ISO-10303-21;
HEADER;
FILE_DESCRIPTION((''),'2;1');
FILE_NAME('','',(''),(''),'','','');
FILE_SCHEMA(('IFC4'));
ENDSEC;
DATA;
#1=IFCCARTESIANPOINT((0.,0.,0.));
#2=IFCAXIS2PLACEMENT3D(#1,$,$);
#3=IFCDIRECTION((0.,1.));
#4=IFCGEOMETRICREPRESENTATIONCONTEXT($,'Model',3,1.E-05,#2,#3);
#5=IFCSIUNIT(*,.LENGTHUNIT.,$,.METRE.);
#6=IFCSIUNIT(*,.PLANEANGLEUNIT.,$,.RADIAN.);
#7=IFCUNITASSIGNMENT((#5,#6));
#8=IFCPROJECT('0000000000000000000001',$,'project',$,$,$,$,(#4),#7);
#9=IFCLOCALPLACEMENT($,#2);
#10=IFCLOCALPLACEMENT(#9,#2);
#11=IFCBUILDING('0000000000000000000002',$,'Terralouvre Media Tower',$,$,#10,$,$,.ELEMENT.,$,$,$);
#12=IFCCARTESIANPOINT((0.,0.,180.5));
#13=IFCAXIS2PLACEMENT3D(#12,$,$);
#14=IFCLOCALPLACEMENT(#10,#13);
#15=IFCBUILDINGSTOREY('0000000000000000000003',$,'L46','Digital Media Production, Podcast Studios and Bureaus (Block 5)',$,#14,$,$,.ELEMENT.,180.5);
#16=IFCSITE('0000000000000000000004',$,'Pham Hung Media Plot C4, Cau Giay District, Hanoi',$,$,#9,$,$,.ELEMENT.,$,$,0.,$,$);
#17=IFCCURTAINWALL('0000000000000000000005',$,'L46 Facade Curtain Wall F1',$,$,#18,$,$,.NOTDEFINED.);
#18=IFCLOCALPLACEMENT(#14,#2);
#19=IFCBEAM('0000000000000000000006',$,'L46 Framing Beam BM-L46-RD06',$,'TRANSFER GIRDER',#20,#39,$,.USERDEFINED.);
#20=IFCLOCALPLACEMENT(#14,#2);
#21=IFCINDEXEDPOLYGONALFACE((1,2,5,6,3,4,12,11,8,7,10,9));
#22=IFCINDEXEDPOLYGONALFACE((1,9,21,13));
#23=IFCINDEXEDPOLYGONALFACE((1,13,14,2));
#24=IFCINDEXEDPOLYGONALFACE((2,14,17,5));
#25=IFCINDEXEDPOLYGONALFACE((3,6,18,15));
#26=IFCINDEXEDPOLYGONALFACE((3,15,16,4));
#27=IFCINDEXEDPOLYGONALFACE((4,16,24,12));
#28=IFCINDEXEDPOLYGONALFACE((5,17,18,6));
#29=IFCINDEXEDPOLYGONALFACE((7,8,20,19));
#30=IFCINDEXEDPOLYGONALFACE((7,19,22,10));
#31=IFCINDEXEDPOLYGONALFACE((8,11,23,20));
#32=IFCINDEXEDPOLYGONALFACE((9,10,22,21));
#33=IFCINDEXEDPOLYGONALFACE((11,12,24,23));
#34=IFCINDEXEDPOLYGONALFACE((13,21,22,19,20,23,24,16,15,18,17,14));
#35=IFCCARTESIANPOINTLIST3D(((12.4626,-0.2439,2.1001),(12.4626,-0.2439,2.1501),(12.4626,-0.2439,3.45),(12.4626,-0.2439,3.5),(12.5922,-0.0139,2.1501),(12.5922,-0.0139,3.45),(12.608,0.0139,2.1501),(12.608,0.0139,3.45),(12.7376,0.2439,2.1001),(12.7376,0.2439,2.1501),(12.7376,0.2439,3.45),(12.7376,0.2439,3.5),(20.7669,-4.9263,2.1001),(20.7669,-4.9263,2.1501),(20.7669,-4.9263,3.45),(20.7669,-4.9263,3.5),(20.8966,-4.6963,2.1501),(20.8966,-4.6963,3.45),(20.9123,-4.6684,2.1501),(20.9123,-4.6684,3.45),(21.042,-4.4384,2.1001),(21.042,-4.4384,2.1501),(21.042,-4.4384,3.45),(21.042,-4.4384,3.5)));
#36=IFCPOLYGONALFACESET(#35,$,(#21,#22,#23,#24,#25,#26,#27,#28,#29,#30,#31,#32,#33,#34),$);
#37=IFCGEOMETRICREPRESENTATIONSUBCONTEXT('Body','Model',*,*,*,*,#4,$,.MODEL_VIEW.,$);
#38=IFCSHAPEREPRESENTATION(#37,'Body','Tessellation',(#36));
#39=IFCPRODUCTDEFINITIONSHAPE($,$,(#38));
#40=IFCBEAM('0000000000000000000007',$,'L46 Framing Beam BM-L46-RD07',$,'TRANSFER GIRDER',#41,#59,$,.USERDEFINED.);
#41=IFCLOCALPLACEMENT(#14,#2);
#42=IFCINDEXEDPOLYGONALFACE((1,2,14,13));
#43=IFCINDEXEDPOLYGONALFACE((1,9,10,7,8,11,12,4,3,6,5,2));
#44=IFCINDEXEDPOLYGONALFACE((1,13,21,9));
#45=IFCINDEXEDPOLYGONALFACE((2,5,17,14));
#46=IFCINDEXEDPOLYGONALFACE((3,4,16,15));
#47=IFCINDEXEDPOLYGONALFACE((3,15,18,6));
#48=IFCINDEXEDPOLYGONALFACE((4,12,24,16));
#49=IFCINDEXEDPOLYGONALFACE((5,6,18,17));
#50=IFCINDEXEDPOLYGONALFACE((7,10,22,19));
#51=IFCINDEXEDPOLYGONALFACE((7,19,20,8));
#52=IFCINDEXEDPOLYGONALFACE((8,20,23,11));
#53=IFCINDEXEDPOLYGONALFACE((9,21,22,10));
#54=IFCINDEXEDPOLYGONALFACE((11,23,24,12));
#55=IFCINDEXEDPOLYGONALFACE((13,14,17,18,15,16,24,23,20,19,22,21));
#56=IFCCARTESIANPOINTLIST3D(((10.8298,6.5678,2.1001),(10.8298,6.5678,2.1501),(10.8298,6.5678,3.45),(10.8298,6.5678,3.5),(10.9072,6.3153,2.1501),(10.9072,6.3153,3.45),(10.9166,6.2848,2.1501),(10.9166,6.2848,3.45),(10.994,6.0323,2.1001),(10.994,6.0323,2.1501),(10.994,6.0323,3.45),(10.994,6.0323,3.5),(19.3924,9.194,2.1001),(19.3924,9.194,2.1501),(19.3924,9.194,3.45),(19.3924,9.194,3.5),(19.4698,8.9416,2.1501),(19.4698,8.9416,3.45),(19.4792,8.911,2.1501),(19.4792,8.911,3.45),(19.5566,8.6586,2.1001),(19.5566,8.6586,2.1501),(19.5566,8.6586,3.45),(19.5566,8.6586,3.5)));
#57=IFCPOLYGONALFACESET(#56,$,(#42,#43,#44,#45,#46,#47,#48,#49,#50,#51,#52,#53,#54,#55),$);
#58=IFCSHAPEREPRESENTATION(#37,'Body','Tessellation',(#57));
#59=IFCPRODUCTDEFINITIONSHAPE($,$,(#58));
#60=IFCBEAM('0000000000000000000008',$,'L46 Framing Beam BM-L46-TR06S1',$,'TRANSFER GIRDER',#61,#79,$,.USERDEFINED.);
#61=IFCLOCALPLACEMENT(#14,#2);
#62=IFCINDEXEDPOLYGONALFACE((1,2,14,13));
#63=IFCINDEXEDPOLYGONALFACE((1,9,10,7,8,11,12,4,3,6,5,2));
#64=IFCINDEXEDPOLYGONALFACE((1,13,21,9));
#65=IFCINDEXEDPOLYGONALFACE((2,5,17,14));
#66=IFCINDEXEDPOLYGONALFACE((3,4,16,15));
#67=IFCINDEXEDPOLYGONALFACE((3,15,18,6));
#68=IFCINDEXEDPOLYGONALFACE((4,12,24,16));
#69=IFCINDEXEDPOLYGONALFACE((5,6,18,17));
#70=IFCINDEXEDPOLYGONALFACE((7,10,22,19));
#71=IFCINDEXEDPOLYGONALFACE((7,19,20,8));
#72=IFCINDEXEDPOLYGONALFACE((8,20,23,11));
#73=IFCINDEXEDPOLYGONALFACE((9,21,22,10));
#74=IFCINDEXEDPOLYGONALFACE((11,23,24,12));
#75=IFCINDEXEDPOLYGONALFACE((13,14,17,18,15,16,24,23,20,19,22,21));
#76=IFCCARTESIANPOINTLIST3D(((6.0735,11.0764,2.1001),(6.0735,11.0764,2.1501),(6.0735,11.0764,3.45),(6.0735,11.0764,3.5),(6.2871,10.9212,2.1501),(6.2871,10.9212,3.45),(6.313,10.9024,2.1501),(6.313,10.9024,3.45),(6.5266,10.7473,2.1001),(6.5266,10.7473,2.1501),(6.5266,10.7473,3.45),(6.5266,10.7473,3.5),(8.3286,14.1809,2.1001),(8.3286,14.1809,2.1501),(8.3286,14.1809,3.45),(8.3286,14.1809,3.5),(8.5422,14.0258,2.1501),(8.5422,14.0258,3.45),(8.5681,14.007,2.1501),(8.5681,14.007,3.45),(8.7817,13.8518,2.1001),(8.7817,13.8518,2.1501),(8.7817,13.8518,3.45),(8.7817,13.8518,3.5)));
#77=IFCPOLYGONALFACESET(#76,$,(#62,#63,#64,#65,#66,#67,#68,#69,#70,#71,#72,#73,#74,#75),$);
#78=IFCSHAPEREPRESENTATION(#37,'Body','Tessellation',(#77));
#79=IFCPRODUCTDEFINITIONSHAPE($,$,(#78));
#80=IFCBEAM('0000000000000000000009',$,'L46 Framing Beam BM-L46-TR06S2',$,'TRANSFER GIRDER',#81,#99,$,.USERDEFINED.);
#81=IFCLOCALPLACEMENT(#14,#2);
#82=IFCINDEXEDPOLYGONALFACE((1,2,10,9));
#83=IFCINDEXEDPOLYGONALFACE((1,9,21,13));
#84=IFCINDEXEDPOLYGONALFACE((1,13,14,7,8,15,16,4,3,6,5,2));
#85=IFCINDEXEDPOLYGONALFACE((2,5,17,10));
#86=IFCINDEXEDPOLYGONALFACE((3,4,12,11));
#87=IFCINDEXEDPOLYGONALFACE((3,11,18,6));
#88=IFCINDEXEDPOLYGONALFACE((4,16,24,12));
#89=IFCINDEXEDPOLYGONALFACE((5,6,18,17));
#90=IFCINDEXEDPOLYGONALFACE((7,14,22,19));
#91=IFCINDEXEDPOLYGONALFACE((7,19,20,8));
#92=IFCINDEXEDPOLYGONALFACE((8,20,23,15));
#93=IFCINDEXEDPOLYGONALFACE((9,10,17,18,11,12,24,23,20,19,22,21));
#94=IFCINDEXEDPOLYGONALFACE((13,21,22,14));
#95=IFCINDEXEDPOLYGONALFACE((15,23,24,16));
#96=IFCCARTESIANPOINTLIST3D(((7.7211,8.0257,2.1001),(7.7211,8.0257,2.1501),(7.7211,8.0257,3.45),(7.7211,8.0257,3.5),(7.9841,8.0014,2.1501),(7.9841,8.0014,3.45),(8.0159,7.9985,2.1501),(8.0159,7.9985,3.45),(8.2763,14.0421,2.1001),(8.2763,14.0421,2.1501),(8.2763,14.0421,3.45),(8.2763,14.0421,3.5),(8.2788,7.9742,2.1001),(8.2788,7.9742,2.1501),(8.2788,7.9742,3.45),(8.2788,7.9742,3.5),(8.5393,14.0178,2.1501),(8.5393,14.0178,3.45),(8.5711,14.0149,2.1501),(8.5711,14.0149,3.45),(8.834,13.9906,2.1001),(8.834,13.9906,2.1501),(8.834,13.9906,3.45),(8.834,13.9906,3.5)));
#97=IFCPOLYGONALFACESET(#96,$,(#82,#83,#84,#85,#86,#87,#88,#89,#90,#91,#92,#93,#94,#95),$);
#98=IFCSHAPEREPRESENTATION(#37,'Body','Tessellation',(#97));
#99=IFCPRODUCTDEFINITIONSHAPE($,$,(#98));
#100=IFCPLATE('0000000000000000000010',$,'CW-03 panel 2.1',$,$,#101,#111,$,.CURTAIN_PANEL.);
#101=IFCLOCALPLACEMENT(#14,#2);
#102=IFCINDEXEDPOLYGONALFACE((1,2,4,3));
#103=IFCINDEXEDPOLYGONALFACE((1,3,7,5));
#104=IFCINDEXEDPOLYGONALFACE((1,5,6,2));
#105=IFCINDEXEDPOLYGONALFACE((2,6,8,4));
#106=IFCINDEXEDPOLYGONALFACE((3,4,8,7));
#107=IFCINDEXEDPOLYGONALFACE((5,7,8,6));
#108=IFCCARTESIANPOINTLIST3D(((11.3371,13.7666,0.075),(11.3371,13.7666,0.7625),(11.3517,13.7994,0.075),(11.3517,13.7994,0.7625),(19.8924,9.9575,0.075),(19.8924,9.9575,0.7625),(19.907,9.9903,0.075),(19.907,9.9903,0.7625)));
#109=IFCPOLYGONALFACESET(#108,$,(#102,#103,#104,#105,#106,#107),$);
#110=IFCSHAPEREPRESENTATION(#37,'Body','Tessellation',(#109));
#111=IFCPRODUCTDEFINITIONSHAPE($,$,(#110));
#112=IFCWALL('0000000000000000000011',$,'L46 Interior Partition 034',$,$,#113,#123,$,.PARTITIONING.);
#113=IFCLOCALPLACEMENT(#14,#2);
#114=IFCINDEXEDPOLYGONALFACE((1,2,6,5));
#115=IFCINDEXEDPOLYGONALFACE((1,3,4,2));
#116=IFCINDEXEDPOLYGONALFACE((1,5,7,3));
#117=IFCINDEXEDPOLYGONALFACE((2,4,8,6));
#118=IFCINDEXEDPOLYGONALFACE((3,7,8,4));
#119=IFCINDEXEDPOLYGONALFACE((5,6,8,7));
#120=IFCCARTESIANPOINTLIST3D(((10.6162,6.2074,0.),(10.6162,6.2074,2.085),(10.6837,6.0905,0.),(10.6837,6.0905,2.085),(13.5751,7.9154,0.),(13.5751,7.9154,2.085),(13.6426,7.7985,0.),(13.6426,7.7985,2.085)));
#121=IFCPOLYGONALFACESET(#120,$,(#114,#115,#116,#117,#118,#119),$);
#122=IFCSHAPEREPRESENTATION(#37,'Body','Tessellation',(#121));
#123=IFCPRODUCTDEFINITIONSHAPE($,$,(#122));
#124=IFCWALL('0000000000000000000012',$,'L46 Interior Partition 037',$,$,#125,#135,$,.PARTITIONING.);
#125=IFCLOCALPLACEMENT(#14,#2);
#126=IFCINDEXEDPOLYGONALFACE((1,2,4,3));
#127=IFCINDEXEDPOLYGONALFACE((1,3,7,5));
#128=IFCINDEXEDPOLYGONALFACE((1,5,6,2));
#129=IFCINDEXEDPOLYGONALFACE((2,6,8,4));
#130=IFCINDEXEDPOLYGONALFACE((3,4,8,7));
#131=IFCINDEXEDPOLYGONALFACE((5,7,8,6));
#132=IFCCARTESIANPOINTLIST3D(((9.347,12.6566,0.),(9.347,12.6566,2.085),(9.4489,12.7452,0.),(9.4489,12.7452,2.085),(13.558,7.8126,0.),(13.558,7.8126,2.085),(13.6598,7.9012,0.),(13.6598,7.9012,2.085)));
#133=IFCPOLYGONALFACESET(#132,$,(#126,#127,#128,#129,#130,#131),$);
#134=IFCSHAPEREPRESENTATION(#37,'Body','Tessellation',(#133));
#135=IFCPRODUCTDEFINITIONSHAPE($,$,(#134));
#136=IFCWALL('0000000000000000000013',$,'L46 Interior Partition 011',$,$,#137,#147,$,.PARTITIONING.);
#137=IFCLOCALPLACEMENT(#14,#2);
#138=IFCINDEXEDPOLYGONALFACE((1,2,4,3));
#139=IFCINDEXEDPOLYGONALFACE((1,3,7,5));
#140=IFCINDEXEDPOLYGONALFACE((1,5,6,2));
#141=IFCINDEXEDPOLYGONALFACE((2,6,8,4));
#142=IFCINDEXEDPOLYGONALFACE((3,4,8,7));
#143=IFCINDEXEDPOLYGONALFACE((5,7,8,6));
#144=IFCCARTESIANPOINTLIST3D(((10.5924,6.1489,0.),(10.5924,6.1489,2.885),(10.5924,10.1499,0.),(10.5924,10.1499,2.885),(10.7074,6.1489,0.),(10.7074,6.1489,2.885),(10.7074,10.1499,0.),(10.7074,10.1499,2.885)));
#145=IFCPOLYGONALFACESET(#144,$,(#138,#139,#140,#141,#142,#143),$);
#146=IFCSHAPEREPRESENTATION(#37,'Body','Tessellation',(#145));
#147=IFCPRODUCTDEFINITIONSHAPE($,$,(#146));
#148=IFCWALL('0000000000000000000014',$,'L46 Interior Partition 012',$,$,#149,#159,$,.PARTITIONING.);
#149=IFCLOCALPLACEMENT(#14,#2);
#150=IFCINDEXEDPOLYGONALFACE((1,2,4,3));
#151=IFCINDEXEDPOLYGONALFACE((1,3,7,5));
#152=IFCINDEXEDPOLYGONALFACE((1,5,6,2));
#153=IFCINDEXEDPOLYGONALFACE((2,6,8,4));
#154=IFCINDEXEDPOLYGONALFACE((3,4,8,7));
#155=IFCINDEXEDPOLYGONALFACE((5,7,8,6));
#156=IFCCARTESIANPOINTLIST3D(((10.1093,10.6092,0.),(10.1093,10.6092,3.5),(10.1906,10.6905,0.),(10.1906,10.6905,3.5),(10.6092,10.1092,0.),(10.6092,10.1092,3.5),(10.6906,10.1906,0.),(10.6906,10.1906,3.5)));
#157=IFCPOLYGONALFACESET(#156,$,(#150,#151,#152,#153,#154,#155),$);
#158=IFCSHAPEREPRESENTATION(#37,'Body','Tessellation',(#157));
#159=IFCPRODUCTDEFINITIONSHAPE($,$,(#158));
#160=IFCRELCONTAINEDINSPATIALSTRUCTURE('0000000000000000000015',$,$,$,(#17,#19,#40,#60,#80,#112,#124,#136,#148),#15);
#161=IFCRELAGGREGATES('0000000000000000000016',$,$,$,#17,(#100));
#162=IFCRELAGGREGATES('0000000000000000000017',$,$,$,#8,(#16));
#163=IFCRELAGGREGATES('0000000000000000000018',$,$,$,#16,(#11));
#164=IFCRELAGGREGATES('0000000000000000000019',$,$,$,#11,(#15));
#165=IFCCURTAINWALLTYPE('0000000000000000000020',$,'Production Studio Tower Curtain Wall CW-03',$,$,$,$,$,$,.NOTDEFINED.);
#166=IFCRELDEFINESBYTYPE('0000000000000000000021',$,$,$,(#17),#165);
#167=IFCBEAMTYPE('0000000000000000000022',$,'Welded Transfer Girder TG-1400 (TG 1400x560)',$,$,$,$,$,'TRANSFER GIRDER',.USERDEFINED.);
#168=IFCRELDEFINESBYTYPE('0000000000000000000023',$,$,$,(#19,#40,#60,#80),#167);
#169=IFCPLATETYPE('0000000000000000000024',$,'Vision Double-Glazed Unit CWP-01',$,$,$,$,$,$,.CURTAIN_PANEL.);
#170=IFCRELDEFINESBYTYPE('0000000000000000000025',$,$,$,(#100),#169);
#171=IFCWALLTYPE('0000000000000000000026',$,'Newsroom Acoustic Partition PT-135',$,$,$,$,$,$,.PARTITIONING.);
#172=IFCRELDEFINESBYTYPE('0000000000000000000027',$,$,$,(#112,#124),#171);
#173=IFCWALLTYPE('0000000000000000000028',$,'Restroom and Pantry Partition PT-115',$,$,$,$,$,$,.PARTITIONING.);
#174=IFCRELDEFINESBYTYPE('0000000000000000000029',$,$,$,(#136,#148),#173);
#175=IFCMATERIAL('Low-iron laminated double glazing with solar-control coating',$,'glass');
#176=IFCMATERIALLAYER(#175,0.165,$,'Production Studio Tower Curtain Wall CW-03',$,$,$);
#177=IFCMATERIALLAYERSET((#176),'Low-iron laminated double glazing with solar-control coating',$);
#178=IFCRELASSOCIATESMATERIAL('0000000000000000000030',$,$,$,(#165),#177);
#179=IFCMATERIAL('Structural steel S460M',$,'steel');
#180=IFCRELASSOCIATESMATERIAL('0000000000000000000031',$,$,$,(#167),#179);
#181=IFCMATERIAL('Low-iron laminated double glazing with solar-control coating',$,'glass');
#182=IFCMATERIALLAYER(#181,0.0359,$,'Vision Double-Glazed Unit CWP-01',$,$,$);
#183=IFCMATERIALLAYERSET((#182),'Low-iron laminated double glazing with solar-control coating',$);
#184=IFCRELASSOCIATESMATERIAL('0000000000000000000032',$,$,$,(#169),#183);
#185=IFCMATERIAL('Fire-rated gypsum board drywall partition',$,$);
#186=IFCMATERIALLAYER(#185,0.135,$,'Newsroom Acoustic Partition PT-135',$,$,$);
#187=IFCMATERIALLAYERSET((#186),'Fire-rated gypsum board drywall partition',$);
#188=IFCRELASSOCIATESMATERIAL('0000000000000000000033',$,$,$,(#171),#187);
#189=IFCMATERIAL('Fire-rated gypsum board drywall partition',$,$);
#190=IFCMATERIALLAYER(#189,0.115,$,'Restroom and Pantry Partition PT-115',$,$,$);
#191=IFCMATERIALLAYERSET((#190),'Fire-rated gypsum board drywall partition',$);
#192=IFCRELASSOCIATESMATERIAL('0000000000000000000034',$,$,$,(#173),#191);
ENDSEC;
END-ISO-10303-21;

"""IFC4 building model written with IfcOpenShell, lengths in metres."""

from ifc_helpers import new_model, si_unit, direction, frame, frame_2d, origin, origin_2d, place, context, subcontext, project, spatial, rectangle, i_section, extrude, material, layer, layer_set, material_profile, profile_set, type_object, element, aggregate, save


model = new_model("IFC4")

# Units and contexts
model_context = context("Model", 3, precision=1e-05, world=origin(), true_north=direction((0.0, 1.0)))
body_context = subcontext(model_context, "Body", "Model", "MODEL_VIEW")
ifc_project = project(units=[si_unit("LENGTHUNIT", "METRE"), si_unit("PLANEANGLEUNIT", "RADIAN")], contexts=[model_context])

# Site, building, storey
site_placement = place(None, origin())
site = spatial("IfcSite", under=ifc_project, at=site_placement, Name="Pham Hung Media Plot C4, Cau Giay District, Hanoi", CompositionType="ELEMENT", RefElevation=0.0)
building_placement = place(site_placement, origin())
building = spatial("IfcBuilding", under=site, at=building_placement, Name="Terralouvre Media Tower", CompositionType="ELEMENT")
storey_placement = place(building_placement, frame((0.0, 0.0, 180.5)))
storey = spatial("IfcBuildingStorey", under=building, at=storey_placement, Name="L46", Description="Digital Media Production, Podcast Studios and Bureaus (Block 5)", CompositionType="ELEMENT", Elevation=180.5)

# Curtain wall
ifc_material_1 = material(Name="Low-iron laminated double glazing with solar-control coating", Category="glass")
ifc_layer_1 = layer(ifc_material_1, 0.165, Name="Production Studio Tower Curtain Wall CW-03")
ifc_layer_set_1 = layer_set([ifc_layer_1], Name="Low-iron laminated double glazing with solar-control coating")
curtain_wall_type = type_object("IfcCurtainWallType", Name="Production Studio Tower Curtain Wall CW-03", PredefinedType="NOTDEFINED", material=ifc_layer_set_1)
curtain_wall_placement = place(storey_placement, origin())
curtain_wall = element("IfcCurtainWall", 1, at=curtain_wall_placement, inside=storey, type_object=curtain_wall_type, Name="L46 Facade Curtain Wall F1", PredefinedType="NOTDEFINED")

# Beams
ifc_material_2 = material(Name="Structural steel S460M", Category="steel")
ifc_material_profile_1 = material_profile(ifc_material_2, i_section(OverallWidth=0.5601, OverallDepth=1.3999, WebThickness=0.032, FlangeThickness=0.05, at=origin_2d()), Name="TG 1400x560")
ifc_profile_set_1 = profile_set([ifc_material_profile_1], Name="Structural steel S460M")
beam_type_1 = type_object("IfcBeamType", Name="Welded Transfer Girder TG-1400 (TG 1400x560)", ElementType="TRANSFER GIRDER", PredefinedType="USERDEFINED", material=ifc_profile_set_1)
beam_1_placement = place(storey_placement, frame((12.6001, 0.0, 2.8), z_axis=(0.871077, -0.491147, 0.0), x_axis=(0.491147, 0.871077, 0.0)))
element("IfcBeam", 2, at=beam_1_placement, inside=storey, type_object=beam_type_1, Name="L46 Framing Beam BM-L46-RD06", ObjectType="TRANSFER GIRDER", PredefinedType="USERDEFINED", context=body_context, shape_type="SweptSolid", body=[
    extrude(i_section(OverallWidth=0.5601, OverallDepth=1.3999, WebThickness=0.032, FlangeThickness=0.05, at=origin_2d()), origin(), (0.0, 0.0, 1.0), 9.5334),
])
beam_2_placement = place(storey_placement, frame((10.9119, 6.3, 2.8), z_axis=(0.956042, 0.293229, 0.0), x_axis=(-0.293229, 0.956042, 0.0)))
element("IfcBeam", 3, at=beam_2_placement, inside=storey, type_object=beam_type_1, Name="L46 Framing Beam BM-L46-RD07", ObjectType="TRANSFER GIRDER", PredefinedType="USERDEFINED", context=body_context, shape_type="SweptSolid", body=[
    extrude(i_section(OverallWidth=0.5601, OverallDepth=1.3999, WebThickness=0.032, FlangeThickness=0.05, at=origin_2d()), origin(), (0.0, 0.0, 1.0), 8.9563),
])
beam_3_placement = place(storey_placement, frame((8.5552, 14.0164, 2.8), z_axis=(-0.587714, -0.809069, 0.0), x_axis=(0.809069, -0.587714, 0.0)))
element("IfcBeam", 4, at=beam_3_placement, inside=storey, type_object=beam_type_1, Name="L46 Framing Beam BM-L46-TR06S1", ObjectType="TRANSFER GIRDER", PredefinedType="USERDEFINED", context=body_context, shape_type="SweptSolid", body=[
    extrude(i_section(OverallWidth=0.5601, OverallDepth=1.3999, WebThickness=0.032, FlangeThickness=0.05, at=origin_2d()), origin(), (0.0, 0.0, 1.0), 3.8372),
])
beam_4_placement = place(storey_placement, frame((8.5552, 14.0164, 2.8), z_axis=(-0.091887, -0.995769, 0.0), x_axis=(0.995769, -0.091887, 0.0)))
element("IfcBeam", 5, at=beam_4_placement, inside=storey, type_object=beam_type_1, Name="L46 Framing Beam BM-L46-TR06S2", ObjectType="TRANSFER GIRDER", PredefinedType="USERDEFINED", context=body_context, shape_type="SweptSolid", body=[
    extrude(i_section(OverallWidth=0.5601, OverallDepth=1.3999, WebThickness=0.032, FlangeThickness=0.05, at=origin_2d()), origin(), (0.0, 0.0, 1.0), 6.042),
])

# Plate
ifc_material_3 = material(Name="Low-iron laminated double glazing with solar-control coating", Category="glass")
ifc_layer_2 = layer(ifc_material_3, 0.0359, Name="Vision Double-Glazed Unit CWP-01")
ifc_layer_set_2 = layer_set([ifc_layer_2], Name="Low-iron laminated double glazing with solar-control coating")
plate_type = type_object("IfcPlateType", Name="Vision Double-Glazed Unit CWP-01", PredefinedType="CURTAIN_PANEL", material=ifc_layer_set_2)
plate_placement = place(storey_placement, frame((15.6221, 11.8784, 0.075), z_axis=(0.0, 0.0, 1.0), x_axis=(-0.913545, 0.406737, 0.0)))
plate = element("IfcPlate", 6, at=plate_placement, type_object=plate_type, Name="CW-03 panel 2.1", PredefinedType="CURTAIN_PANEL", context=body_context, shape_type="SweptSolid", body=[
    extrude(rectangle(XDim=9.365, YDim=0.0359, at=origin_2d()), origin(), (0.0, 0.0, 1.0), 0.6875),
])
aggregate(curtain_wall, [plate])

# Walls
ifc_material_4 = material(Name="Fire-rated gypsum board drywall partition")
ifc_layer_3 = layer(ifc_material_4, 0.135, Name="Newsroom Acoustic Partition PT-135")
ifc_layer_set_3 = layer_set([ifc_layer_3], Name="Fire-rated gypsum board drywall partition")
wall_type_1 = type_object("IfcWallType", Name="Newsroom Acoustic Partition PT-135", PredefinedType="PARTITIONING", material=ifc_layer_set_3)
wall_1_placement = place(storey_placement, frame((13.6089, 7.8569, 0.0), z_axis=(0.0, 0.0, 1.0), x_axis=(-0.866071, -0.49992, 0.0)))
element("IfcWall", 7, at=wall_1_placement, inside=storey, type_object=wall_type_1, Name="L46 Interior Partition 034", PredefinedType="PARTITIONING", context=body_context, shape_type="SweptSolid", body=[
    extrude(rectangle(XDim=3.4165, YDim=0.135, at=frame_2d((1.7083, 0.0))), origin(), (0.0, 0.0, 1.0), 2.085),
])
wall_2_placement = place(storey_placement, frame((9.3979, 12.7009, 0.0), z_axis=(0.0, 0.0, 1.0), x_axis=(0.656069, -0.754701, 0.0)))
element("IfcWall", 8, at=wall_2_placement, inside=storey, type_object=wall_type_1, Name="L46 Interior Partition 037", PredefinedType="PARTITIONING", context=body_context, shape_type="SweptSolid", body=[
    extrude(rectangle(XDim=6.4185, YDim=0.135, at=frame_2d((3.2092, 0.0))), origin(), (0.0, 0.0, 1.0), 2.085),
])
ifc_material_5 = material(Name="Fire-rated gypsum board drywall partition")
ifc_layer_4 = layer(ifc_material_5, 0.115, Name="Restroom and Pantry Partition PT-115")
ifc_layer_set_4 = layer_set([ifc_layer_4], Name="Fire-rated gypsum board drywall partition")
wall_type_2 = type_object("IfcWallType", Name="Restroom and Pantry Partition PT-115", PredefinedType="PARTITIONING", material=ifc_layer_set_4)
wall_3_placement = place(storey_placement, frame((10.6499, 6.1489, 0.0), z_axis=(0.0, 0.0, 1.0), x_axis=(0.0, 1.0, 0.0)))
element("IfcWall", 9, at=wall_3_placement, inside=storey, type_object=wall_type_2, Name="L46 Interior Partition 011", PredefinedType="PARTITIONING", context=body_context, shape_type="SweptSolid", body=[
    extrude(rectangle(XDim=4.001, YDim=0.115, at=frame_2d((2.0005, 0.0))), origin(), (0.0, 0.0, 1.0), 2.885),
])
wall_4_placement = place(storey_placement, frame((10.6499, 10.1499, 0.0), z_axis=(0.0, 0.0, 1.0), x_axis=(-0.707107, 0.707107, 0.0)))
element("IfcWall", 10, at=wall_4_placement, inside=storey, type_object=wall_type_2, Name="L46 Interior Partition 012", PredefinedType="PARTITIONING", context=body_context, shape_type="SweptSolid", body=[
    extrude(rectangle(XDim=0.707, YDim=0.115, at=frame_2d((0.3535, 0.0))), origin(), (0.0, 0.0, 1.0), 3.5),
])

save(model, "model.ifc")
